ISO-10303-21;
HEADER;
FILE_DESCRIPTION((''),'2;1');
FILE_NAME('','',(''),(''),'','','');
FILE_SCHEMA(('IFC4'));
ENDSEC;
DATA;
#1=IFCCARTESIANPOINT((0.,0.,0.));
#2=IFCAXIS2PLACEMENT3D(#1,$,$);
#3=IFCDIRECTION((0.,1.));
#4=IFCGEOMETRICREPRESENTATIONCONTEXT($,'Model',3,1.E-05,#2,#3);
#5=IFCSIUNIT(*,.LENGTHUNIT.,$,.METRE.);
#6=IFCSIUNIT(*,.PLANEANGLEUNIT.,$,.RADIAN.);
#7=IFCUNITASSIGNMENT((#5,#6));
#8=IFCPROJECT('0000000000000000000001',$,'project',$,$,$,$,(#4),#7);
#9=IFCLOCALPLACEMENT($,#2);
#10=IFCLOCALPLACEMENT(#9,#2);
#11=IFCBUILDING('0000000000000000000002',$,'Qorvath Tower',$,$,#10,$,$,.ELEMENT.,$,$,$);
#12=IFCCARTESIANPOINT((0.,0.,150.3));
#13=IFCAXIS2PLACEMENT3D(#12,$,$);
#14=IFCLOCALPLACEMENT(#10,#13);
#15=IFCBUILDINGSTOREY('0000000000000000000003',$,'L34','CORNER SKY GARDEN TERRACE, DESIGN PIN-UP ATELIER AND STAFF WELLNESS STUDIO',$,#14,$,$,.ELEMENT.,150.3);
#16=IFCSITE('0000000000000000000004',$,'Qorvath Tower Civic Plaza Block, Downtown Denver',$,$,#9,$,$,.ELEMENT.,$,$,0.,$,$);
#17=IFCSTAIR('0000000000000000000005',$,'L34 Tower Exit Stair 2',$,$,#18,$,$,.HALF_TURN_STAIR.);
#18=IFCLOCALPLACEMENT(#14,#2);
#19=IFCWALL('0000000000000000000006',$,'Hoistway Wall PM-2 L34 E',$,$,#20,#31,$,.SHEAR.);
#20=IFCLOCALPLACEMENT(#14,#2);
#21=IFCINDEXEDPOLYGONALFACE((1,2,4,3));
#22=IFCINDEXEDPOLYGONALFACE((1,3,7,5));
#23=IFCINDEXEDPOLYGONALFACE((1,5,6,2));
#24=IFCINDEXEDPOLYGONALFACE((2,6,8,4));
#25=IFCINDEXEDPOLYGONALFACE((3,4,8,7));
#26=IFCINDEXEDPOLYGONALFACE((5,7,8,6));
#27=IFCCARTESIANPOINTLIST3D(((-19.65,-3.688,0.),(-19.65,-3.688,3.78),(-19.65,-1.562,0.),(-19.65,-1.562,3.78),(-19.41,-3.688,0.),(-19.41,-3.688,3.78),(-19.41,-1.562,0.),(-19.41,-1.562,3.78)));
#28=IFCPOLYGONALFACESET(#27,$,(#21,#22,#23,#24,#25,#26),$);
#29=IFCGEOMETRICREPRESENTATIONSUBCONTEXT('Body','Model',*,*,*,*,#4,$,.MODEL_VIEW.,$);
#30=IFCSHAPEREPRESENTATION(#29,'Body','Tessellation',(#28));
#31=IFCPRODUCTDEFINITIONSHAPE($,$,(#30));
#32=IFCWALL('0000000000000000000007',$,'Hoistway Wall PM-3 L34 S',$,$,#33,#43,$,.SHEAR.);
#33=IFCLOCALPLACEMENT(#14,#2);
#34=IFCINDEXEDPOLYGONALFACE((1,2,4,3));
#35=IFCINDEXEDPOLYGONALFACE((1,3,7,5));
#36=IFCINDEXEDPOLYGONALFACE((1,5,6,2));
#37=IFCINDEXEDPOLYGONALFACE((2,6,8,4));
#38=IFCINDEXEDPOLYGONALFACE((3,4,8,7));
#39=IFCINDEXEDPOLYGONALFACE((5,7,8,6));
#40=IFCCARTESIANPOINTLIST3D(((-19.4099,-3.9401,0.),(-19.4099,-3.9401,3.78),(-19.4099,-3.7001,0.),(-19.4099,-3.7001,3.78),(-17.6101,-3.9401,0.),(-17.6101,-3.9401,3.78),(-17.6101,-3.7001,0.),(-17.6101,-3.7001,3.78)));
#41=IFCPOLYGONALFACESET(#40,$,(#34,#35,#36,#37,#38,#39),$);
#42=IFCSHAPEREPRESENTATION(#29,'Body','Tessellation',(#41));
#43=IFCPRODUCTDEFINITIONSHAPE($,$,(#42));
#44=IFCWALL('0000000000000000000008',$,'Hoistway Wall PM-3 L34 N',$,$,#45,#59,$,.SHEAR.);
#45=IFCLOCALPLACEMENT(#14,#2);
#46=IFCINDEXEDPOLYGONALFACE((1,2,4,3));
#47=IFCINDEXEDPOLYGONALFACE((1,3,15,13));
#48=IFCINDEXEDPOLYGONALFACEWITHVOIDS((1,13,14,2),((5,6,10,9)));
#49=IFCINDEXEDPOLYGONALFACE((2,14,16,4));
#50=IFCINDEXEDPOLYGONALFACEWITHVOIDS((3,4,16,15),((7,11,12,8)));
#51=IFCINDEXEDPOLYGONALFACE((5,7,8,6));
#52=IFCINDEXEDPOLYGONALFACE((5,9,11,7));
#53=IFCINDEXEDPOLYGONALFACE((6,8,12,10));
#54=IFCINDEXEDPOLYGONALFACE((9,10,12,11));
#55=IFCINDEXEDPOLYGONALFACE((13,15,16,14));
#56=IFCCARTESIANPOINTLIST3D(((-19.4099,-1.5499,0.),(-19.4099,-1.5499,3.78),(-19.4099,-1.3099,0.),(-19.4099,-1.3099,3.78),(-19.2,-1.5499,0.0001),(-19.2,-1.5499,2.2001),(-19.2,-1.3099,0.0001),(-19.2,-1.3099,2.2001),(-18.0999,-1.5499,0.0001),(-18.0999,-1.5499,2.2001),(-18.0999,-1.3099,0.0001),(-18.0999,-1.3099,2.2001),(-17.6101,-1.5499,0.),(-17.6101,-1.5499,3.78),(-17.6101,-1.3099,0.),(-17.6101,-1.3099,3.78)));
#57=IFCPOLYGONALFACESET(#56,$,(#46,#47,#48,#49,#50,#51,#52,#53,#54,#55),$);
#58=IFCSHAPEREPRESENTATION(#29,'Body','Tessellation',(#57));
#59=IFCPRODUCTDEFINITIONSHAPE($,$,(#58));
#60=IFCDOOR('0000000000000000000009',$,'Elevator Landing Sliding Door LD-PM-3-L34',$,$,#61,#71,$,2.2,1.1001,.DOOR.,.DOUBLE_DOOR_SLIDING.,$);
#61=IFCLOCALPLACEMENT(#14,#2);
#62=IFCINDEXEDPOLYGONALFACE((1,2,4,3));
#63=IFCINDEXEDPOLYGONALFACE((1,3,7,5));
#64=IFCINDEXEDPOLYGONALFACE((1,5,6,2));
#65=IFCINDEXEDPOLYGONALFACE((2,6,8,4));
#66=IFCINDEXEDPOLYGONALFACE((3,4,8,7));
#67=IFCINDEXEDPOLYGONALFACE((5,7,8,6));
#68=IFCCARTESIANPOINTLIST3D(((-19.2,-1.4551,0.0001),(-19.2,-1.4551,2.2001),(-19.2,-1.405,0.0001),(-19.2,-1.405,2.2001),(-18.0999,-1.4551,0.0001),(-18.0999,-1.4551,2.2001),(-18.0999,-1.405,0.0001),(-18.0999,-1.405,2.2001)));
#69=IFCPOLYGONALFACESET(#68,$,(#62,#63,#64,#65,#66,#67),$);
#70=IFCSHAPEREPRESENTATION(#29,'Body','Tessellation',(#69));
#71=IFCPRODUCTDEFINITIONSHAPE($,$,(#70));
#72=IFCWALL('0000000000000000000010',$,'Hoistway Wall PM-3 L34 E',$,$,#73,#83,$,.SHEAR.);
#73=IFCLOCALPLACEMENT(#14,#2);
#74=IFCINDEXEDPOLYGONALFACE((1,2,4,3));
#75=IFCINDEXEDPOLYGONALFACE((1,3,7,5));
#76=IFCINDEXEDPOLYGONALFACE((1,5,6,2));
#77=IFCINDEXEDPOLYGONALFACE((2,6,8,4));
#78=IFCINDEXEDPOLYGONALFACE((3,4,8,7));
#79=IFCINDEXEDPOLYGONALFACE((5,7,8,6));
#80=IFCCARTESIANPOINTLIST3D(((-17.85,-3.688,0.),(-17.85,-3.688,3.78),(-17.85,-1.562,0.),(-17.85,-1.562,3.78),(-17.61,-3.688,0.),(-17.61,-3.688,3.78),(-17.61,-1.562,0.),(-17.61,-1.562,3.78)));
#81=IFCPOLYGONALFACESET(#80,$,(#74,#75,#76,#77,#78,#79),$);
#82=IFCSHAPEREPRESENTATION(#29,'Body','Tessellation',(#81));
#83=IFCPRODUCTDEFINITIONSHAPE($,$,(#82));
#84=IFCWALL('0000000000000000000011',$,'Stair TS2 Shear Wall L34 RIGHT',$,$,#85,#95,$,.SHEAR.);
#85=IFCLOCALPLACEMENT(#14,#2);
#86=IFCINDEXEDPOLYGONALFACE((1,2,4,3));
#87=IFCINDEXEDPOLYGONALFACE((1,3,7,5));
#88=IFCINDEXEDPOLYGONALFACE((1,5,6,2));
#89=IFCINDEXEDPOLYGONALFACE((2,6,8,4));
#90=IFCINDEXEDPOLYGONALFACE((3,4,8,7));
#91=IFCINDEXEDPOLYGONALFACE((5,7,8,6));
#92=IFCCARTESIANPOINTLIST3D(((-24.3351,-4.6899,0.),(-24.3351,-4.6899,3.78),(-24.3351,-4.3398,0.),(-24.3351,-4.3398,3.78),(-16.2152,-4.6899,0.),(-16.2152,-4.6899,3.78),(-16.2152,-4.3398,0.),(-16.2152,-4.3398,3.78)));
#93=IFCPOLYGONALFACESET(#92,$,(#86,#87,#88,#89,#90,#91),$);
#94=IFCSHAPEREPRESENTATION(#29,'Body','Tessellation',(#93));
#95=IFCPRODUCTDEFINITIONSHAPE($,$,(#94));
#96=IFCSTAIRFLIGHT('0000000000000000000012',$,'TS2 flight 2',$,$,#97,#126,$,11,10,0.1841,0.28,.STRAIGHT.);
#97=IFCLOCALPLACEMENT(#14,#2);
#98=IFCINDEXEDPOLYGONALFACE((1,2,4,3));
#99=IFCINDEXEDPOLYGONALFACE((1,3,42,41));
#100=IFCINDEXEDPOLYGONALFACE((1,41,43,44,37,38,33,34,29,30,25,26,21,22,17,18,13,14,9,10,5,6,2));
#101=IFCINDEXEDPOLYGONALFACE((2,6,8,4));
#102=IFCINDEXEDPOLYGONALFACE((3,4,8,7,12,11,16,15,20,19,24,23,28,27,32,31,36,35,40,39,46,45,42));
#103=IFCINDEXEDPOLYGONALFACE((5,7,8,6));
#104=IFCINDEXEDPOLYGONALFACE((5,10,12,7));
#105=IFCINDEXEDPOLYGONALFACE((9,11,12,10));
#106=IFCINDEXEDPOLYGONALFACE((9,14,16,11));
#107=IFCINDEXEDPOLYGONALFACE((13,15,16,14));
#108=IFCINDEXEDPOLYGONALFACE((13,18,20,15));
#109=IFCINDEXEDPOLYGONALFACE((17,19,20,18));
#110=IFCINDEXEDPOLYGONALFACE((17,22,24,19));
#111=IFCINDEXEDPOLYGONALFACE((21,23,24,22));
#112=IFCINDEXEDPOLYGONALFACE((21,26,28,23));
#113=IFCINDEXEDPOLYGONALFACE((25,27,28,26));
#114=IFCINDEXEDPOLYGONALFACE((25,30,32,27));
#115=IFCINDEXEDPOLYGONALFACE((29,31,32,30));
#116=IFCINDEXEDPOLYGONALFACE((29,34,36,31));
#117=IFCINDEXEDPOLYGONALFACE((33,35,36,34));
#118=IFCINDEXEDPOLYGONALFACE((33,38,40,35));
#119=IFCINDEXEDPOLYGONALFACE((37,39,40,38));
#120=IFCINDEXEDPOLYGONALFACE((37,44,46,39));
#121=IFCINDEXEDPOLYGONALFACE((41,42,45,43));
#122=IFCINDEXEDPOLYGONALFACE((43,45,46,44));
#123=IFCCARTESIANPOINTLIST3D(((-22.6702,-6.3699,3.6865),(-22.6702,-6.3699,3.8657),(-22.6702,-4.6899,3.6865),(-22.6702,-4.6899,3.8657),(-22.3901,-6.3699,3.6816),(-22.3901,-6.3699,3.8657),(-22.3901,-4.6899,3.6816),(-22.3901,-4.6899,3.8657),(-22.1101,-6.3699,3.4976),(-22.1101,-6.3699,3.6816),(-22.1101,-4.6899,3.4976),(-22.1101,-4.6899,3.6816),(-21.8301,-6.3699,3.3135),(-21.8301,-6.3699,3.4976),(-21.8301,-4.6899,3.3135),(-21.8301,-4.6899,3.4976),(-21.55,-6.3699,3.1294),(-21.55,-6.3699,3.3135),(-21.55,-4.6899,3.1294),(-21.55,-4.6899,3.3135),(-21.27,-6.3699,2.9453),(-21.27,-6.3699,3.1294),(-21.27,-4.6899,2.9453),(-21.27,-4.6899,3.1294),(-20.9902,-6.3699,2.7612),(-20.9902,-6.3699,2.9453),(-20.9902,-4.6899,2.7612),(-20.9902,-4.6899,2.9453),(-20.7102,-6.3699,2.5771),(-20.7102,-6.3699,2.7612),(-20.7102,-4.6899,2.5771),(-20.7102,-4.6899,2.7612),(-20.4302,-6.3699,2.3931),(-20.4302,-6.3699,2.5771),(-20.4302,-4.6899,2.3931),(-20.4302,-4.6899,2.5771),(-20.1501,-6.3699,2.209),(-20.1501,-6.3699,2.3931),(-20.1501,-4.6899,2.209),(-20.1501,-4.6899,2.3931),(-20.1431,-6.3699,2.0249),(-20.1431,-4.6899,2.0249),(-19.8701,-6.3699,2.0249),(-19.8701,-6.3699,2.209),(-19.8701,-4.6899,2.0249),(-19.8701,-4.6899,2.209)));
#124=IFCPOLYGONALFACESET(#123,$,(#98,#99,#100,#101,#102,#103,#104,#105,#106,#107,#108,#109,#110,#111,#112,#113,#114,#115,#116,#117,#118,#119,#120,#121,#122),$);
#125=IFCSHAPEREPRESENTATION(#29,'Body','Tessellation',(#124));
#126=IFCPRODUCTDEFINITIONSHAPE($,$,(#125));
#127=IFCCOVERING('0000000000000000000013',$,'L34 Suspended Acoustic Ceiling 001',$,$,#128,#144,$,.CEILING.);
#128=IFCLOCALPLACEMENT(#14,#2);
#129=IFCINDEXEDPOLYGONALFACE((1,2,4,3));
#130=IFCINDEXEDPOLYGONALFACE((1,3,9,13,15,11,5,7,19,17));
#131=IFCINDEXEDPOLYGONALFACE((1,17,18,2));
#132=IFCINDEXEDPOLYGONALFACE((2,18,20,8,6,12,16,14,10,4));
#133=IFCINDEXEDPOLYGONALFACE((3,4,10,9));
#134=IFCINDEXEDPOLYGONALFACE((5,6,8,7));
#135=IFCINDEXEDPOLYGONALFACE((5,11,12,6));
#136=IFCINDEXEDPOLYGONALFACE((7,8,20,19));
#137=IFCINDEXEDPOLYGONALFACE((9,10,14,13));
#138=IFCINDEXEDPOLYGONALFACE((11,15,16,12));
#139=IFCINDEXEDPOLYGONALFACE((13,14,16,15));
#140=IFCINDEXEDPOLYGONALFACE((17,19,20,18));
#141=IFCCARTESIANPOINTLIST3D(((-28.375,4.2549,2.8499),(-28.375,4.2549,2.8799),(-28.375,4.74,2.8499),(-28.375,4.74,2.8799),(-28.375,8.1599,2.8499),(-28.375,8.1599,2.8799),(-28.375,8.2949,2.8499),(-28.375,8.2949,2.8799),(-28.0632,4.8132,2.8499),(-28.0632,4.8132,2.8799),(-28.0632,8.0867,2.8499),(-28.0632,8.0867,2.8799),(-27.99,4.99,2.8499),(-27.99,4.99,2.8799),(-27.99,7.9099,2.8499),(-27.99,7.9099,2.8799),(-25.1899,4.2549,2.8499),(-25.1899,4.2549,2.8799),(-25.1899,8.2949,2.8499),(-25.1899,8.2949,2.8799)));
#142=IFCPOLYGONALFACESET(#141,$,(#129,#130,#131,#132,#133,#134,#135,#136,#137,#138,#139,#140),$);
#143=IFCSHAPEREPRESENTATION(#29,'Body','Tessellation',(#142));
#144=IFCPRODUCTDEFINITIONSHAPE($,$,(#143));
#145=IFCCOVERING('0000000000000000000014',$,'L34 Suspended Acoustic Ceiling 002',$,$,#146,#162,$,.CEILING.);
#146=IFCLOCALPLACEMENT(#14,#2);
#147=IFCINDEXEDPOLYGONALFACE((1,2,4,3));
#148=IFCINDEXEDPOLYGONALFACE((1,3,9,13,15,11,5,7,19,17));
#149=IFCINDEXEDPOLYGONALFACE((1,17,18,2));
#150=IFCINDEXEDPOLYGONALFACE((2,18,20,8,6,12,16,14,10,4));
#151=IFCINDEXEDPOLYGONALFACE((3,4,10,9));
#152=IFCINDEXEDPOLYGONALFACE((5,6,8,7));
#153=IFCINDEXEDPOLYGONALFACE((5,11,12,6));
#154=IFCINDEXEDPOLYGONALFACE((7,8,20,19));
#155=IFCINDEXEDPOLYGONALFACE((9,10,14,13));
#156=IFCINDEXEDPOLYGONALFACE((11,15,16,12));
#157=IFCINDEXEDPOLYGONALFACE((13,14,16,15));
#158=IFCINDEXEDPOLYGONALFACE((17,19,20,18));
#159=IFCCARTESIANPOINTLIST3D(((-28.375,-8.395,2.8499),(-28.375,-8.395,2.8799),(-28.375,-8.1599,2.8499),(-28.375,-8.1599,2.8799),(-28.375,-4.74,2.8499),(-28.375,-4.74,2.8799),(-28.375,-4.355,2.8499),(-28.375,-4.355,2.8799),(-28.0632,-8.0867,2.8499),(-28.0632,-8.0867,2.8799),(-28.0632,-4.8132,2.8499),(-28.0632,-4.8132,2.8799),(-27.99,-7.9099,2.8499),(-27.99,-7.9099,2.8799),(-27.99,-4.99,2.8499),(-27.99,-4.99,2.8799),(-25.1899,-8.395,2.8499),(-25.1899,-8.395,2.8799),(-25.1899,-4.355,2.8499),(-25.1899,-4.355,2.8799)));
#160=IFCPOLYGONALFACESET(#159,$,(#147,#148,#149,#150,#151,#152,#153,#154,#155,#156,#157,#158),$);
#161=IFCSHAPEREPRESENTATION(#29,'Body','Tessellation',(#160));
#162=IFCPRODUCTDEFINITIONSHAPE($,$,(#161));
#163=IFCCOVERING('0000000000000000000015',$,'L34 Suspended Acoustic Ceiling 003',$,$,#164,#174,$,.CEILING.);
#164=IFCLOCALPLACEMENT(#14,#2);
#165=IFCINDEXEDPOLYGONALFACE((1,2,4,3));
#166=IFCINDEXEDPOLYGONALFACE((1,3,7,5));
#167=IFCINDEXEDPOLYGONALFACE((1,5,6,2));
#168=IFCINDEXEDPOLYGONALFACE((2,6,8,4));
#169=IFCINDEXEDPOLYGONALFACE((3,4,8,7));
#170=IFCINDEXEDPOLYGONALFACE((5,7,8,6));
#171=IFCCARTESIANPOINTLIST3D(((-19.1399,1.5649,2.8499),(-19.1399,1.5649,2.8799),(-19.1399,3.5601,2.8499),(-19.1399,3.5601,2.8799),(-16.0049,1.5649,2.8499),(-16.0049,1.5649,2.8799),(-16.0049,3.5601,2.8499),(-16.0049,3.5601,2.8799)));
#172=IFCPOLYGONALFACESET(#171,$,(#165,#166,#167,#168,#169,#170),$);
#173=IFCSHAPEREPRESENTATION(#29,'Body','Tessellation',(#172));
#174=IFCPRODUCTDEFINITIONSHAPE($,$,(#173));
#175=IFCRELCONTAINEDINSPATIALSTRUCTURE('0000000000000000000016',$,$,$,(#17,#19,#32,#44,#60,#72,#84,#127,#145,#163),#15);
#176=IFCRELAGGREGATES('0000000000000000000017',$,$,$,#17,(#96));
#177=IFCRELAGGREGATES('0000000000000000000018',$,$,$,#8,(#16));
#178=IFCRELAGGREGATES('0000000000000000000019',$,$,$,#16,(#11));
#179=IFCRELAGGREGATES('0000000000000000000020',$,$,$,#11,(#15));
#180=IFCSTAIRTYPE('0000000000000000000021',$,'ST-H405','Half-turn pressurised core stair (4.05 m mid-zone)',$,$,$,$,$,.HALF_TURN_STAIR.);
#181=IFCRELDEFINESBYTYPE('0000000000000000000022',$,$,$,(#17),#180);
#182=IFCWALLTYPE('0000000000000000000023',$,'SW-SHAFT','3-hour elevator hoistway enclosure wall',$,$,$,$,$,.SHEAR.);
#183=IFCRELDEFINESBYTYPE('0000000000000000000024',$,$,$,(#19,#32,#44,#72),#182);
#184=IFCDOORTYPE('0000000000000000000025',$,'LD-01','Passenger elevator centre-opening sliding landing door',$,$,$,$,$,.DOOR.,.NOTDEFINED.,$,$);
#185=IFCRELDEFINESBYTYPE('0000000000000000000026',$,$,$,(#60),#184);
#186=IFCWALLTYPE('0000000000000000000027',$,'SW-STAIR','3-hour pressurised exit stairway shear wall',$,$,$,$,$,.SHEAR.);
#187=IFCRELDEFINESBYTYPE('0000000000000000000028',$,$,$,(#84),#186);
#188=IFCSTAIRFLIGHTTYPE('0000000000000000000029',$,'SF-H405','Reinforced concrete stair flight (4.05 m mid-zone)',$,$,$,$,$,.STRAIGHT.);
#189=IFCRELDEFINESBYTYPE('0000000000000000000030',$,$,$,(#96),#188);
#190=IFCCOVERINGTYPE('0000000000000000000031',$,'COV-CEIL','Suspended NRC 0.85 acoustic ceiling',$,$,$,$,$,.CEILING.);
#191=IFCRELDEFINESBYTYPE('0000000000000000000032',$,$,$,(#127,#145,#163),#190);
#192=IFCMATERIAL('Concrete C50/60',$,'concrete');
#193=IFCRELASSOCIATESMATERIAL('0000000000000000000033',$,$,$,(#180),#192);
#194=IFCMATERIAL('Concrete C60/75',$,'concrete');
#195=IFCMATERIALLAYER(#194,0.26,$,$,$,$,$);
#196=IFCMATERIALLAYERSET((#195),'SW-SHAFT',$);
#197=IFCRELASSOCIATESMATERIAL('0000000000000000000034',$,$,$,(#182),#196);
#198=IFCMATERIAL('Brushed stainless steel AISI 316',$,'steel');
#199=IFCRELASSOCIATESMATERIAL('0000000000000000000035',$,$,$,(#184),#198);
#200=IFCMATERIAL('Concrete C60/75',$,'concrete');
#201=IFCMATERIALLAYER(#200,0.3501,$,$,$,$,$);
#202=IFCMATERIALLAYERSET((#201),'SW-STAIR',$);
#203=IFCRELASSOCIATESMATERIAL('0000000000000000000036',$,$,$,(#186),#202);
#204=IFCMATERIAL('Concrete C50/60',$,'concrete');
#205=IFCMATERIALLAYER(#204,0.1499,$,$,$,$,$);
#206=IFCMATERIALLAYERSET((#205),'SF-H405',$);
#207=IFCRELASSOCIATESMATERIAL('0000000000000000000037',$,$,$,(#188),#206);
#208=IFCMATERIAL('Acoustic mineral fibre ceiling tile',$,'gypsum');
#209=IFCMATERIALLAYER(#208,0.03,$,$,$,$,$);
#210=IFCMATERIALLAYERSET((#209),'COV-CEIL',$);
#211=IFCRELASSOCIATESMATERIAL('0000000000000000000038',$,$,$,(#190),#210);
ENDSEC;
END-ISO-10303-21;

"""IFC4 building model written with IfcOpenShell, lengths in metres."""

from ifc_helpers import new_model, si_unit, direction, frame, frame_2d, origin, place, context, subcontext, project, spatial, polyline, rectangle, outline, extrude, material, layer, layer_set, type_object, element, fill, aggregate, save


model = new_model("IFC4")

# Units and contexts
model_context = context("Model", 3, precision=1e-05, world=origin(), true_north=direction((0.0, 1.0)))
body_context = subcontext(model_context, "Body", "Model", "MODEL_VIEW")
ifc_project = project(units=[si_unit("LENGTHUNIT", "METRE"), si_unit("PLANEANGLEUNIT", "RADIAN")], contexts=[model_context])

# Site, building, storey
site_placement = place(None, origin())
site = spatial("IfcSite", under=ifc_project, at=site_placement, Name="Qorvath Tower Civic Plaza Block, Downtown Denver", CompositionType="ELEMENT", RefElevation=0.0)
building_placement = place(site_placement, origin())
building = spatial("IfcBuilding", under=site, at=building_placement, Name="Qorvath Tower", CompositionType="ELEMENT")
storey_placement = place(building_placement, frame((0.0, 0.0, 150.3)))
storey = spatial("IfcBuildingStorey", under=building, at=storey_placement, Name="L34", Description="CORNER SKY GARDEN TERRACE, DESIGN PIN-UP ATELIER AND STAFF WELLNESS STUDIO", CompositionType="ELEMENT", Elevation=150.3)

# Stair
ifc_material_1 = material(Name="Concrete C50/60", Category="concrete")
stair_type = type_object("IfcStairType", Name="ST-H405", Description="Half-turn pressurised core stair (4.05 m mid-zone)", PredefinedType="HALF_TURN_STAIR", material=ifc_material_1)
stair_1_placement = place(storey_placement, origin())
stair_1 = element("IfcStair", 1, at=stair_1_placement, inside=storey, type_object=stair_type, Name="L34 Tower Exit Stair 2", PredefinedType="HALF_TURN_STAIR")

# Walls
ifc_material_2 = material(Name="Concrete C60/75", Category="concrete")
ifc_layer_1 = layer(ifc_material_2, 0.26)
ifc_layer_set_1 = layer_set([ifc_layer_1], Name="SW-SHAFT")
wall_type_1 = type_object("IfcWallType", Name="SW-SHAFT", Description="3-hour elevator hoistway enclosure wall", PredefinedType="SHEAR", material=ifc_layer_set_1)
wall_1_placement = place(storey_placement, frame((-19.53, -1.562, 0.0), z_axis=(0.0, 0.0, 1.0), x_axis=(0.0, -1.0, 0.0)))
element("IfcWall", 2, at=wall_1_placement, inside=storey, type_object=wall_type_1, Name="Hoistway Wall PM-2 L34 E", PredefinedType="SHEAR", context=body_context, shape_type="SweptSolid", body=[
    extrude(rectangle(XDim=2.126, YDim=0.24, at=frame_2d((1.063, 0.0))), origin(), (0.0, 0.0, 1.0), 3.78),
])
wall_2_placement = place(storey_placement, frame((-17.6101, -3.8201, 0.0), z_axis=(0.0, 0.0, 1.0), x_axis=(-1.0, 0.0, 0.0)))
element("IfcWall", 3, at=wall_2_placement, inside=storey, type_object=wall_type_1, Name="Hoistway Wall PM-3 L34 S", PredefinedType="SHEAR", context=body_context, shape_type="SweptSolid", body=[
    extrude(rectangle(XDim=1.7998, YDim=0.24, at=frame_2d((0.8999, 0.0))), origin(), (0.0, 0.0, 1.0), 3.78),
])

# Wall, opening, door
wall_3_placement = place(storey_placement, frame((-19.4099, -1.4299, 0.0), z_axis=(0.0, 0.0, 1.0), x_axis=(1.0, 0.0, 0.0)))
wall_3 = element("IfcWall", 4, at=wall_3_placement, inside=storey, type_object=wall_type_1, Name="Hoistway Wall PM-3 L34 N", PredefinedType="SHEAR", context=body_context, shape_type="SweptSolid", body=[
    extrude(rectangle(XDim=1.7998, YDim=0.24, at=frame_2d((0.8999, 0.0))), origin(), (0.0, 0.0, 1.0), 3.78),
])
opening_1_placement = place(wall_3_placement, frame((0.21, 0.0, 0.0)))
opening_1 = element("IfcOpeningElement", 5, at=opening_1_placement, cuts=wall_3, PredefinedType="OPENING", context=body_context, shape_type="SweptSolid", body=[
    extrude(rectangle(XDim=1.1001, YDim=2.2, at=frame_2d((0.55, 1.1001))), frame((0.0, 0.1299, 0.0), z_axis=(0.0, -1.0, 0.0), x_axis=(1.0, 0.0, 0.0)), (0.0, 0.0, 1.0), 0.26),
])
ifc_material_3 = material(Name="Brushed stainless steel AISI 316", Category="steel")
door_type_1 = type_object("IfcDoorType", Name="LD-01", Description="Passenger elevator centre-opening sliding landing door", OperationType="NOTDEFINED", PredefinedType="DOOR", material=ifc_material_3)
door_1_placement = place(opening_1_placement, origin())
door_1 = element("IfcDoor", 6, at=door_1_placement, inside=storey, type_object=door_type_1, Name="Elevator Landing Sliding Door LD-PM-3-L34", OperationType="DOUBLE_DOOR_SLIDING", OverallHeight=2.2, OverallWidth=1.1001, PredefinedType="DOOR", context=body_context, shape_type="SweptSolid", body=[
    extrude(rectangle(XDim=1.1001, YDim=2.2, at=frame_2d((0.55, 1.1001))), frame((0.0, 0.0249, 0.0), z_axis=(0.0, -1.0, 0.0), x_axis=(1.0, 0.0, 0.0)), (0.0, 0.0, 1.0), 0.05),
])
fill(opening_1, door_1)

# Walls
wall_4_placement = place(storey_placement, frame((-17.73, -1.562, 0.0), z_axis=(0.0, 0.0, 1.0), x_axis=(0.0, -1.0, 0.0)))
element("IfcWall", 7, at=wall_4_placement, inside=storey, type_object=wall_type_1, Name="Hoistway Wall PM-3 L34 E", PredefinedType="SHEAR", context=body_context, shape_type="SweptSolid", body=[
    extrude(rectangle(XDim=2.126, YDim=0.24, at=frame_2d((1.063, 0.0))), origin(), (0.0, 0.0, 1.0), 3.78),
])
ifc_material_4 = material(Name="Concrete C60/75", Category="concrete")
ifc_layer_2 = layer(ifc_material_4, 0.3501)
ifc_layer_set_2 = layer_set([ifc_layer_2], Name="SW-STAIR")
wall_type_2 = type_object("IfcWallType", Name="SW-STAIR", Description="3-hour pressurised exit stairway shear wall", PredefinedType="SHEAR", material=ifc_layer_set_2)
wall_5_placement = place(storey_placement, frame((-16.2151, -4.5149, 0.0), z_axis=(0.0, 0.0, 1.0), x_axis=(-1.0, 0.0, 0.0)))
element("IfcWall", 8, at=wall_5_placement, inside=storey, type_object=wall_type_2, Name="Stair TS2 Shear Wall L34 RIGHT", PredefinedType="SHEAR", context=body_context, shape_type="SweptSolid", body=[
    extrude(rectangle(XDim=8.1199, YDim=0.3501, at=frame_2d((4.0601, 0.0))), origin(), (0.0, 0.0, 1.0), 3.78),
])

# Stair flight
ifc_material_5 = material(Name="Concrete C50/60", Category="concrete")
ifc_layer_3 = layer(ifc_material_5, 0.1499)
ifc_layer_set_3 = layer_set([ifc_layer_3], Name="SF-H405")
stair_flight_type = type_object("IfcStairFlightType", Name="SF-H405", Description="Reinforced concrete stair flight (4.05 m mid-zone)", PredefinedType="STRAIGHT", material=ifc_layer_set_3)
stair_flight_placement = place(storey_placement, frame((-19.8701, -5.53, 2.0249), z_axis=(0.0, 0.0, 1.0), x_axis=(-1.0, 0.0, 0.0)))
stair_flight = element("IfcStairFlight", 9, at=stair_flight_placement, type_object=stair_flight_type, Name="TS2 flight 2", NumberOfRisers=11, NumberOfTreads=10, PredefinedType="STRAIGHT", RiserHeight=0.1841, TreadLength=0.28, context=body_context, shape_type="SweptSolid", body=[
    extrude(outline(polyline([(0.0, 0.0), (0.0, 0.1841), (0.28, 0.1841), (0.28, 0.3682), (0.5601, 0.3682), (0.5601, 0.5522), (0.8401, 0.5522), (0.8401, 0.7363), (1.1201, 0.7363), (1.1201, 0.9204), (1.3999, 0.9204), (1.3999, 1.1045), (1.6799, 1.1045), (1.6799, 1.2886), (1.96, 1.2886), (1.96, 1.4727), (2.24, 1.4727), (2.24, 1.6567), (2.52, 1.6567), (2.52, 1.8408), (2.8, 1.8408), (2.8, 2.0249), (2.8, 1.6616), (0.2729, 0.0), (0.0, 0.0)])), frame((0.0, 0.8398, 0.0), z_axis=(0.0, -1.0, 0.0), x_axis=(1.0, 0.0, 0.0)), (0.0, 0.0, 1.0), 1.6799),
])
aggregate(stair_1, [stair_flight])

# Coverings
ifc_material_6 = material(Name="Acoustic mineral fibre ceiling tile", Category="gypsum")
ifc_layer_4 = layer(ifc_material_6, 0.03)
ifc_layer_set_4 = layer_set([ifc_layer_4], Name="COV-CEIL")
covering_type_1 = type_object("IfcCoveringType", Name="COV-CEIL", Description="Suspended NRC 0.85 acoustic ceiling", PredefinedType="CEILING", material=ifc_layer_set_4)
covering_1_placement = place(storey_placement, frame((0.0, 0.0, 2.8499)))
element("IfcCovering", 10, at=covering_1_placement, inside=storey, type_object=covering_type_1, Name="L34 Suspended Acoustic Ceiling 001", PredefinedType="CEILING", context=body_context, shape_type="SweptSolid", body=[
    extrude(outline(polyline([(-25.1899, 4.2549), (-25.1899, 8.2949), (-28.375, 8.2949), (-28.375, 8.1599), (-28.0632, 8.0867), (-27.99, 7.9099), (-27.99, 4.99), (-28.0632, 4.8132), (-28.375, 4.74), (-28.375, 4.2549), (-25.1899, 4.2549)])), origin(), (0.0, 0.0, 1.0), 0.03),
])
covering_2_placement = place(storey_placement, frame((0.0, 0.0, 2.8499)))
element("IfcCovering", 11, at=covering_2_placement, inside=storey, type_object=covering_type_1, Name="L34 Suspended Acoustic Ceiling 002", PredefinedType="CEILING", context=body_context, shape_type="SweptSolid", body=[
    extrude(outline(polyline([(-25.1899, -8.395), (-25.1899, -4.355), (-28.375, -4.355), (-28.375, -4.74), (-28.0632, -4.8132), (-27.99, -4.99), (-27.99, -7.9099), (-28.0632, -8.0867), (-28.375, -8.1599), (-28.375, -8.395), (-25.1899, -8.395)])), origin(), (0.0, 0.0, 1.0), 0.03),
])
covering_3_placement = place(storey_placement, frame((0.0, 0.0, 2.8499)))
element("IfcCovering", 12, at=covering_3_placement, inside=storey, type_object=covering_type_1, Name="L34 Suspended Acoustic Ceiling 003", PredefinedType="CEILING", context=body_context, shape_type="SweptSolid", body=[
    extrude(outline(polyline([(-16.0049, 3.5601), (-19.1399, 3.5601), (-19.1399, 1.5649), (-16.0049, 1.5649), (-16.0049, 3.5601)])), origin(), (0.0, 0.0, 1.0), 0.03),
])

save(model, "model.ifc")
